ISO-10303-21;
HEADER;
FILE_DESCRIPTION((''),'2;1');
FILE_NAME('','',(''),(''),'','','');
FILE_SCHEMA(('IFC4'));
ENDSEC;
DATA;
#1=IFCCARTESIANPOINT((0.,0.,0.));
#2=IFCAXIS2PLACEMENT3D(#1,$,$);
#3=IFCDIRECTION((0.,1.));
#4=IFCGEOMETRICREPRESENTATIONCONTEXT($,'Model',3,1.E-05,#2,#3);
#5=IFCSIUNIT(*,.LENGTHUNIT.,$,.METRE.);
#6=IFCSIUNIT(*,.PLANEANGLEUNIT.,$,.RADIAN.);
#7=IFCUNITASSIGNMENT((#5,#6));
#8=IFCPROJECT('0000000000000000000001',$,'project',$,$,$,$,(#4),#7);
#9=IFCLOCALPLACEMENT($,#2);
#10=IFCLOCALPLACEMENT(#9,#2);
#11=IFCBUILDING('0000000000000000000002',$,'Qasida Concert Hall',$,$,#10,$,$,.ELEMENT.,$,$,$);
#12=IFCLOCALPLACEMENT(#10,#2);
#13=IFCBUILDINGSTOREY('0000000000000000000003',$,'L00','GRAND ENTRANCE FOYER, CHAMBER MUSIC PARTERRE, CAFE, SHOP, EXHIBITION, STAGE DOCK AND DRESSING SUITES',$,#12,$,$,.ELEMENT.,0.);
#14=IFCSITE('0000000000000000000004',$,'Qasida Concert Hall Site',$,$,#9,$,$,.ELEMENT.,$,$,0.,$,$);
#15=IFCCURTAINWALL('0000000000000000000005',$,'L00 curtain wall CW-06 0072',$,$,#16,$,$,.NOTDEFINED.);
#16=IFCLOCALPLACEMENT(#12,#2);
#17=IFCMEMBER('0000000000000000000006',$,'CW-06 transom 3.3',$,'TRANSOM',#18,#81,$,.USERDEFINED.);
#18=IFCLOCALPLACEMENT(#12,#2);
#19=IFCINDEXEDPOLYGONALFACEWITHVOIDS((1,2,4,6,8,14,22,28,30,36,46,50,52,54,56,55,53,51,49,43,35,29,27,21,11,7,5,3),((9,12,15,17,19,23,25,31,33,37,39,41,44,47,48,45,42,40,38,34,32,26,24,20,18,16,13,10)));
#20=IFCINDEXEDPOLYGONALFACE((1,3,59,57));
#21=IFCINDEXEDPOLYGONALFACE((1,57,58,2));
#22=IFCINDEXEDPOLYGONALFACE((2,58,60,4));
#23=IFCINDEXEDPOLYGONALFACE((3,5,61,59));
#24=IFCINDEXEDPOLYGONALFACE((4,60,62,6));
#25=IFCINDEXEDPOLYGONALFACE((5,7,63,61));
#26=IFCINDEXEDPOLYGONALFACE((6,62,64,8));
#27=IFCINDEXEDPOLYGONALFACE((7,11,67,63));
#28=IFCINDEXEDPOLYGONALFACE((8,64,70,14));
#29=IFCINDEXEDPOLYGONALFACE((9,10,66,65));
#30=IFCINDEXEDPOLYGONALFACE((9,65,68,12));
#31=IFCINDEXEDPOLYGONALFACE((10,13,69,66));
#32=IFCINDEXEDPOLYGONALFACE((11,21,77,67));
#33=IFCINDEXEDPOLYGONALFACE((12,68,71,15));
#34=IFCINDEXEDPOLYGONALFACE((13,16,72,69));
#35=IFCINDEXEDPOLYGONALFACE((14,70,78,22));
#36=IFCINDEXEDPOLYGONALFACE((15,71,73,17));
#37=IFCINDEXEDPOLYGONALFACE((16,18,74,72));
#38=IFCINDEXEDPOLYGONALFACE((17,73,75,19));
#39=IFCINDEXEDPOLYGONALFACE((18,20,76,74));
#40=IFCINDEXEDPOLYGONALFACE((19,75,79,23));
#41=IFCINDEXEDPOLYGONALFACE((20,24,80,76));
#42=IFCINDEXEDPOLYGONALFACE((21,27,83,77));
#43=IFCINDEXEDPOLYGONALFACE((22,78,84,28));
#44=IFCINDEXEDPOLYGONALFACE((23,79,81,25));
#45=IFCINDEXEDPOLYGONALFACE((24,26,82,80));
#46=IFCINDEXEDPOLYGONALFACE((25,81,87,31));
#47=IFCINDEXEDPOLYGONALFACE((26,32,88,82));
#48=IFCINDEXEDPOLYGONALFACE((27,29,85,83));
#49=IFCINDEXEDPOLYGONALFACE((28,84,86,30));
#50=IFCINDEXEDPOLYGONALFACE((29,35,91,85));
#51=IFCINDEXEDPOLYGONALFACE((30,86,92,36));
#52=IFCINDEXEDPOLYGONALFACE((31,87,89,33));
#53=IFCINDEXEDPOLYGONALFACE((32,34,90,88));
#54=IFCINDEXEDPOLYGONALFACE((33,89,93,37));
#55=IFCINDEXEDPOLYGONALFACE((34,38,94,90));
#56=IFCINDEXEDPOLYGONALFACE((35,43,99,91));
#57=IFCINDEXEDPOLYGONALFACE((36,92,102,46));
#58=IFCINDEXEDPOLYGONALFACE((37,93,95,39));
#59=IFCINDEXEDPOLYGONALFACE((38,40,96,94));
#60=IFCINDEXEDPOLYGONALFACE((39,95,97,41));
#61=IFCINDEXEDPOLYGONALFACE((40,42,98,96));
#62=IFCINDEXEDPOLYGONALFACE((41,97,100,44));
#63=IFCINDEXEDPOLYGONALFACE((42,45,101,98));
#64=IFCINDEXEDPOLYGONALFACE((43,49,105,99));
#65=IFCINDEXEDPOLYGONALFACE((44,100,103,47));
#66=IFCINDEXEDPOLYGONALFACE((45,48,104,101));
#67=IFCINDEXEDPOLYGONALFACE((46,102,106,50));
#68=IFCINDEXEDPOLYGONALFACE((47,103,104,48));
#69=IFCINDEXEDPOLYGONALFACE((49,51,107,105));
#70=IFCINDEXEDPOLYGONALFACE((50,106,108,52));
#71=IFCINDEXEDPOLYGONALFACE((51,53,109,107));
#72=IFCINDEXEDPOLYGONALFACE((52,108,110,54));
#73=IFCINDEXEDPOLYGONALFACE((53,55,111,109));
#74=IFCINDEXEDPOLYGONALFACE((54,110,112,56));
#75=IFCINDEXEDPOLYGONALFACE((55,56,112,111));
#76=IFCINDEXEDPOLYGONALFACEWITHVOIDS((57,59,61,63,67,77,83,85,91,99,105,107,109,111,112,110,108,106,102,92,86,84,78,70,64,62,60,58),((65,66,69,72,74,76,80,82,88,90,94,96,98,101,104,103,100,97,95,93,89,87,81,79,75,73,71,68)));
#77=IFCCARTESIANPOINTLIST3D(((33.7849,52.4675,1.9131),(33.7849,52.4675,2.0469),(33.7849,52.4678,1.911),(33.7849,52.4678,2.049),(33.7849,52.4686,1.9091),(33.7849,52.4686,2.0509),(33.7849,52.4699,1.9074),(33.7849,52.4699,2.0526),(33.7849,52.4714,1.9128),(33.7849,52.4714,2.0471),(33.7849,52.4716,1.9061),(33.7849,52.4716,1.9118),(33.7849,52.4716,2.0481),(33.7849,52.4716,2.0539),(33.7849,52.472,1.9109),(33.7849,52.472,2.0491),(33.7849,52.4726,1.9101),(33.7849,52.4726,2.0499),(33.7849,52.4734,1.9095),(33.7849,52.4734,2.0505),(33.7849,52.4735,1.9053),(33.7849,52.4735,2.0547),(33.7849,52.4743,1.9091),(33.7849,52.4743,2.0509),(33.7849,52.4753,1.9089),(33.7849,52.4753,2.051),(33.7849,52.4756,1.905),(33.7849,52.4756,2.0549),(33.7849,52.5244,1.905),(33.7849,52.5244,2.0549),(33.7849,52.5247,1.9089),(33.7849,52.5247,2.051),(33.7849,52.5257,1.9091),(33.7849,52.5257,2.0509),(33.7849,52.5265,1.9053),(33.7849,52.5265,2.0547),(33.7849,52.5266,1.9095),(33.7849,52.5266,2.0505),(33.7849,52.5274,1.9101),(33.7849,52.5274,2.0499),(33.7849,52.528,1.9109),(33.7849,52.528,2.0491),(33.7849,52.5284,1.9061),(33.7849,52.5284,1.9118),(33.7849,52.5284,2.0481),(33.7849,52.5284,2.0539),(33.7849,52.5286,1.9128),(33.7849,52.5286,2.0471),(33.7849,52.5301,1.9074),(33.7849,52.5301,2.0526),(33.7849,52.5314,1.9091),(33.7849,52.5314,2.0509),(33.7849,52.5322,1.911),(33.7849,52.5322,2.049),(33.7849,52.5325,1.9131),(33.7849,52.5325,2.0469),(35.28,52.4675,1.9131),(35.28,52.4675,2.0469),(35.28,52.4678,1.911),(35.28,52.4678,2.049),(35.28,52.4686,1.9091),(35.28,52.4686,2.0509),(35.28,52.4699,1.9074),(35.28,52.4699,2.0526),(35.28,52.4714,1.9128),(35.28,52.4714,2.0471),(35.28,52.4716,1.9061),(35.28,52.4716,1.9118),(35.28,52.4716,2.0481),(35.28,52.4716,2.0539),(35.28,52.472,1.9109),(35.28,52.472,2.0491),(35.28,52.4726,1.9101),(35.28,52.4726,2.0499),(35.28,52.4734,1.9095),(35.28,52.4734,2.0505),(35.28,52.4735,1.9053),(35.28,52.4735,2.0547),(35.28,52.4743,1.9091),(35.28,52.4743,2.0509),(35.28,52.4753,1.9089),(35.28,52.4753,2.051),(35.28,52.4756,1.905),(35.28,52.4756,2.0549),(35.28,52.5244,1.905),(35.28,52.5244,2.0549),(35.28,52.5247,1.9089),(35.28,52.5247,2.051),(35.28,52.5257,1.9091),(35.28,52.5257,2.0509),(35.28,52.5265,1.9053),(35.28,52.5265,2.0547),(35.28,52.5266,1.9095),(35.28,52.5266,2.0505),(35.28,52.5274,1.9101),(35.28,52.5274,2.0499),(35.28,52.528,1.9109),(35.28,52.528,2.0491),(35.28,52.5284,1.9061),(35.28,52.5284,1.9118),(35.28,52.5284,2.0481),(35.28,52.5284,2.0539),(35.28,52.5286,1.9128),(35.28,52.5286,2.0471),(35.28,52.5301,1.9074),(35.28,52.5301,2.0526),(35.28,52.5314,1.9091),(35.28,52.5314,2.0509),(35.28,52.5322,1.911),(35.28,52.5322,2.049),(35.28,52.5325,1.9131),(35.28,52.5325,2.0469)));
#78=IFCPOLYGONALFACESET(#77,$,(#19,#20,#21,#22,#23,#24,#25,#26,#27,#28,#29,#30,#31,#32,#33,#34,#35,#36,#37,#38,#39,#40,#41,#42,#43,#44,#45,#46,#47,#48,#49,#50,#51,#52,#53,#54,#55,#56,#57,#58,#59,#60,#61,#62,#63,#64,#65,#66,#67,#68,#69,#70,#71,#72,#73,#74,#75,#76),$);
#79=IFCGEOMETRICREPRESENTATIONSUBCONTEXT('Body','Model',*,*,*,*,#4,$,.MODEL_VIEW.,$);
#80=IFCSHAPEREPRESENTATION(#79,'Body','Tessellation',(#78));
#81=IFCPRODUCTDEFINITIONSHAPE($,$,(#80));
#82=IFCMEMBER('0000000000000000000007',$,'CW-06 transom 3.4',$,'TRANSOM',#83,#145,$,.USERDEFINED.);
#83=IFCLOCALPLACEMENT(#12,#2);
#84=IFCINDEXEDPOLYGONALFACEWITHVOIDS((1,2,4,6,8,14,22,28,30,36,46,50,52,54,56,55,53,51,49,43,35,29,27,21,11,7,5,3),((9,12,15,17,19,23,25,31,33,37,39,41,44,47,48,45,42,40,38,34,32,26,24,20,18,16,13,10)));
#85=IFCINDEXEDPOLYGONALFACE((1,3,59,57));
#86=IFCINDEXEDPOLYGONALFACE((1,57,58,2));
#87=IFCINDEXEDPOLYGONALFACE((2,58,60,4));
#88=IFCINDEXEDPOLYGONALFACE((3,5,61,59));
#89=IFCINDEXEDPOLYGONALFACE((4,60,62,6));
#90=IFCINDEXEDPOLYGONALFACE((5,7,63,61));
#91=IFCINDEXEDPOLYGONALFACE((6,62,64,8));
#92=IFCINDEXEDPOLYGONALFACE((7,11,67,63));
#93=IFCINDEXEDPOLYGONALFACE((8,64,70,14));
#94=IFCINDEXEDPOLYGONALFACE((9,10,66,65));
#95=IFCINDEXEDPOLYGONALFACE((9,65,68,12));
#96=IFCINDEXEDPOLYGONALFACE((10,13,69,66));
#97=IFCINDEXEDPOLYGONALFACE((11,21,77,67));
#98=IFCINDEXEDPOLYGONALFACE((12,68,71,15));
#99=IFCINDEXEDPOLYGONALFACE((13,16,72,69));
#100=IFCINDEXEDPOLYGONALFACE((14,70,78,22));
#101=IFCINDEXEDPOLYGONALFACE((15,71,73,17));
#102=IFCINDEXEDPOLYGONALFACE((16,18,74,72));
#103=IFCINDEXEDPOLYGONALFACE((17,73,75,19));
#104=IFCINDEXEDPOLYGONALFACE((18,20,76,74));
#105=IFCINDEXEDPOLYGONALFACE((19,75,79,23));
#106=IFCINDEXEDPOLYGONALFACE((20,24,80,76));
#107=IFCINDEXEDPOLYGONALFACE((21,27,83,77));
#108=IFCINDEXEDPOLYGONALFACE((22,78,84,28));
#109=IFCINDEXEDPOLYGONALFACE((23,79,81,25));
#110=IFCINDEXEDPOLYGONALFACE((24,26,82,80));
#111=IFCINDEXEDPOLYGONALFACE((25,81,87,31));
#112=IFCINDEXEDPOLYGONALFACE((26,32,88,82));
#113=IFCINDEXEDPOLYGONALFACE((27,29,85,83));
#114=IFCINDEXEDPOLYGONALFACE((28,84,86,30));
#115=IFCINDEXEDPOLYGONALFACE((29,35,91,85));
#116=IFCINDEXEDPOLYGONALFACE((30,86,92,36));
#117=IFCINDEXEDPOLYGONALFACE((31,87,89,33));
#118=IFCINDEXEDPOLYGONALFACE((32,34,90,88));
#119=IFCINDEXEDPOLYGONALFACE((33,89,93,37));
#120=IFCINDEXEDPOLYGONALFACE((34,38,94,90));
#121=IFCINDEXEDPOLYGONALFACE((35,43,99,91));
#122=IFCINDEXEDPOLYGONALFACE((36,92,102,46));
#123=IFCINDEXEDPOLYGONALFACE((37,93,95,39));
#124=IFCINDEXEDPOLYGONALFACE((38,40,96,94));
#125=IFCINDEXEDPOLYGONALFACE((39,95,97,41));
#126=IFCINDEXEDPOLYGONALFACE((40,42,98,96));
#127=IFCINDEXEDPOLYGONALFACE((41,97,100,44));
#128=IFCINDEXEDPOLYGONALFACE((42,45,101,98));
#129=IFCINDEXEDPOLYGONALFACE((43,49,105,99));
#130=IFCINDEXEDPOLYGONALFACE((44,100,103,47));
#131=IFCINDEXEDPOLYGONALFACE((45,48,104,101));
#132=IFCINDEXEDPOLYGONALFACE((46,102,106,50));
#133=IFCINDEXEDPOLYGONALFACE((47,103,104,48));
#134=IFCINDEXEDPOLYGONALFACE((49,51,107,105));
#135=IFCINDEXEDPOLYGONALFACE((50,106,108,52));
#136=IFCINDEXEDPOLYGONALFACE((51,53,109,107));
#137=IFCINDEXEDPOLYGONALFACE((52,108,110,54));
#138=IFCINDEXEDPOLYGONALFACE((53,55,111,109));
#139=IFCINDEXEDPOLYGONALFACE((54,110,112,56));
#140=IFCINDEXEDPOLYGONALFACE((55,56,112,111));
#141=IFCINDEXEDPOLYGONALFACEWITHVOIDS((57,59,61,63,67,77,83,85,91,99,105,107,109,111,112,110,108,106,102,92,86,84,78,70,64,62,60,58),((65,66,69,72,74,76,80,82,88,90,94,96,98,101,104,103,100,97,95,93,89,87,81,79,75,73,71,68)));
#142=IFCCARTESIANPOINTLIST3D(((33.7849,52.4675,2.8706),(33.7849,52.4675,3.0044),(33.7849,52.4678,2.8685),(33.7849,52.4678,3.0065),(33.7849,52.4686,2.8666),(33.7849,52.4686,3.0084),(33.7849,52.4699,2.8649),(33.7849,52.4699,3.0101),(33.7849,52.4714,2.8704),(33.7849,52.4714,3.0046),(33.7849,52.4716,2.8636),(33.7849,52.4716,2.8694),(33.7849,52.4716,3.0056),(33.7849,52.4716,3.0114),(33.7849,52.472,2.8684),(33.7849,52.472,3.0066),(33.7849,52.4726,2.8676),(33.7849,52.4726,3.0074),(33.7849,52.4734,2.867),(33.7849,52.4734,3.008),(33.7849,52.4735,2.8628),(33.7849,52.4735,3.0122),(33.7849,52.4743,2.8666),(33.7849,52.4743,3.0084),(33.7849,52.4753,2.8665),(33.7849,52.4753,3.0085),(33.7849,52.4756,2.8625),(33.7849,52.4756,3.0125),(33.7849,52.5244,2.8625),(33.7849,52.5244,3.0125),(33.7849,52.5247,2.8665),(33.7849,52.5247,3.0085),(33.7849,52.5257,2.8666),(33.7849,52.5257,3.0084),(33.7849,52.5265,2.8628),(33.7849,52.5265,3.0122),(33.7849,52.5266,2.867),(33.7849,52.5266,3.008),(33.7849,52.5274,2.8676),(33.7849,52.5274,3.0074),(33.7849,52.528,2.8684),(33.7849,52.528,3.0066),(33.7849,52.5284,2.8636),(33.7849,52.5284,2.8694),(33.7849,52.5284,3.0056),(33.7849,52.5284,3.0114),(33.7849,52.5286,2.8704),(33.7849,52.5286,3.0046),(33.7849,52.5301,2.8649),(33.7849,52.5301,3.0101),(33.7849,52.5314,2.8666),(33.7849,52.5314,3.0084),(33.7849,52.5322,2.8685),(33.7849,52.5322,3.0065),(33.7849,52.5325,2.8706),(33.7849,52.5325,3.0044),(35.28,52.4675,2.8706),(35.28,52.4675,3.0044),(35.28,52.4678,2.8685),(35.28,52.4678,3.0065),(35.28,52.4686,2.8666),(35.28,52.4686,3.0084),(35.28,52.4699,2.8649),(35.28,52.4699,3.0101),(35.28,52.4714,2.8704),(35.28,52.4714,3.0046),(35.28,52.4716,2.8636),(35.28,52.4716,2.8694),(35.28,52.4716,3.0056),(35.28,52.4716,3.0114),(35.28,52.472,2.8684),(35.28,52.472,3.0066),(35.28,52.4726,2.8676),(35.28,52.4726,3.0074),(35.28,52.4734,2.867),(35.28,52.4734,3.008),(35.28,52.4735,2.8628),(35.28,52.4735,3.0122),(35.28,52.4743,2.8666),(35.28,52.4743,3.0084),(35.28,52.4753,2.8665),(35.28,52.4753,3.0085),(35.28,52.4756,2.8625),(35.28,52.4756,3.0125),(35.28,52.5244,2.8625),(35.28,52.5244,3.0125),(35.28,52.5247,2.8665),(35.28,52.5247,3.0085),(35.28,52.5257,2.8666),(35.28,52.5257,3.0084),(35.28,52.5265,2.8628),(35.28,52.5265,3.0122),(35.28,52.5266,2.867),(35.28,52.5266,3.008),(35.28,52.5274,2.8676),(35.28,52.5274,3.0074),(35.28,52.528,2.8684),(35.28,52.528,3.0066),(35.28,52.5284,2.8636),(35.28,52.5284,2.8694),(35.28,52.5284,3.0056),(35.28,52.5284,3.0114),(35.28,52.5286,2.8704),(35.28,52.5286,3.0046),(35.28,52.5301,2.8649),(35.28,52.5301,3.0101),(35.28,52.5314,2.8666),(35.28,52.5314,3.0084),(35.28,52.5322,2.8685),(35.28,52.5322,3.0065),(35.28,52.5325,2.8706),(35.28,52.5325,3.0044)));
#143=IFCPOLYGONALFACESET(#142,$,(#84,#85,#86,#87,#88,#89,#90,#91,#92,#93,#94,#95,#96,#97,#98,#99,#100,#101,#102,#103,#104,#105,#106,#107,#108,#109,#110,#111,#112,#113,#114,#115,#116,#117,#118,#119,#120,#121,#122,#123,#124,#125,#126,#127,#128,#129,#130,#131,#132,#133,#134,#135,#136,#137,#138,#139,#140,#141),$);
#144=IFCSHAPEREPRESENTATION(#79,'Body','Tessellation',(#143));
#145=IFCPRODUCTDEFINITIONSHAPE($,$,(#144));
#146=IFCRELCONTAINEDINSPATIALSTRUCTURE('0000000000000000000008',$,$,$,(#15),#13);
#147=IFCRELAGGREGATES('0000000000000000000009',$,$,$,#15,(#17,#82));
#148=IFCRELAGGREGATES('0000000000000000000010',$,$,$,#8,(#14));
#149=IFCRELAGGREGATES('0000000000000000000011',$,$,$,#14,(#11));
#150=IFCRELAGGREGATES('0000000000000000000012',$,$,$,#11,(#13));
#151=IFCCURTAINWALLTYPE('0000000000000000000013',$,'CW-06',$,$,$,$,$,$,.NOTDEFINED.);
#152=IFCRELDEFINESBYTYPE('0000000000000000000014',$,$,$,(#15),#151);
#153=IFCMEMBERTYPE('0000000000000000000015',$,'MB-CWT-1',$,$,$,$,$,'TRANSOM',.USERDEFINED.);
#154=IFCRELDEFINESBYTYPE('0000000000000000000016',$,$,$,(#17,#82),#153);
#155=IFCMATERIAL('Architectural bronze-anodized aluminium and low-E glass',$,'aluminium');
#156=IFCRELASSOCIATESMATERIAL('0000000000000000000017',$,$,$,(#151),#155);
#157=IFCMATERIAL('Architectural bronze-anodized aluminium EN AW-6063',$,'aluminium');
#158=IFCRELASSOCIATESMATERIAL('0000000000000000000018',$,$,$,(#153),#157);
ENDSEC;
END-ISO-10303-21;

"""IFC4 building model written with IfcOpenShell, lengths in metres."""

from ifc_helpers import new_model, si_unit, direction, frame, origin, origin_2d, place, context, subcontext, project, spatial, hollow_rectangle, extrude, material, material_profile, profile_set, type_object, element, aggregate, save


model = new_model("IFC4")

# Units and contexts
model_context = context("Model", 3, precision=1e-05, world=origin(), true_north=direction((0.0, 1.0)))
body_context = subcontext(model_context, "Body", "Model", "MODEL_VIEW")
ifc_project = project(units=[si_unit("LENGTHUNIT", "METRE"), si_unit("PLANEANGLEUNIT", "RADIAN")], contexts=[model_context])

# Site, building, storey
site_placement = place(None, origin())
site = spatial("IfcSite", under=ifc_project, at=site_placement, Name="Qasida Concert Hall Site", CompositionType="ELEMENT", RefElevation=0.0)
building_placement = place(site_placement, origin())
building = spatial("IfcBuilding", under=site, at=building_placement, Name="Qasida Concert Hall", CompositionType="ELEMENT")
storey_placement = place(building_placement, origin())
storey = spatial("IfcBuildingStorey", under=building, at=storey_placement, Name="L00", Description="GRAND ENTRANCE FOYER, CHAMBER MUSIC PARTERRE, CAFE, SHOP, EXHIBITION, STAGE DOCK AND DRESSING SUITES", CompositionType="ELEMENT", Elevation=0.0)

# Curtain wall
ifc_material_1 = material(Name="Architectural bronze-anodized aluminium and low-E glass", Category="aluminium")
curtain_wall_type_1 = type_object("IfcCurtainWallType", Name="CW-06", PredefinedType="NOTDEFINED", material=ifc_material_1)
curtain_wall_1_placement = place(storey_placement, origin())
curtain_wall_1 = element("IfcCurtainWall", 1, at=curtain_wall_1_placement, inside=storey, type_object=curtain_wall_type_1, Name="L00 curtain wall CW-06 0072", PredefinedType="NOTDEFINED")
ifc_material_2 = material(Name="Architectural bronze-anodized aluminium EN AW-6063", Category="aluminium")

# Members
ifc_material_profile_1 = material_profile(ifc_material_2, hollow_rectangle(XDim=0.0649, YDim=0.1499, WallThickness=0.0039, InnerFilletRadius=0.0039, OuterFilletRadius=0.0081, at=origin_2d()), Name="CWT 150x65x4")
ifc_profile_set_1 = profile_set([ifc_material_profile_1], Name="Architectural bronze-anodized aluminium EN AW-6063")
member_type_1 = type_object("IfcMemberType", Name="MB-CWT-1", ElementType="TRANSOM", PredefinedType="USERDEFINED", material=ifc_profile_set_1)
member_1_placement = place(storey_placement, frame((33.7849, 52.5, 1.98), z_axis=(1.0, 0.0, 0.0), x_axis=(0.0, 1.0, 0.0)))
member_1 = element("IfcMember", 2, at=member_1_placement, type_object=member_type_1, Name="CW-06 transom 3.3", ObjectType="TRANSOM", PredefinedType="USERDEFINED", context=body_context, shape_type="SweptSolid", body=[
    extrude(hollow_rectangle(XDim=0.0649, YDim=0.1499, WallThickness=0.0039, InnerFilletRadius=0.0039, OuterFilletRadius=0.0081, at=origin_2d()), origin(), (0.0, 0.0, 1.0), 1.4951),
])
member_2_placement = place(storey_placement, frame((33.7849, 52.5, 2.9375), z_axis=(1.0, 0.0, 0.0), x_axis=(0.0, 1.0, 0.0)))
member_2 = element("IfcMember", 3, at=member_2_placement, type_object=member_type_1, Name="CW-06 transom 3.4", ObjectType="TRANSOM", PredefinedType="USERDEFINED", context=body_context, shape_type="SweptSolid", body=[
    extrude(hollow_rectangle(XDim=0.0649, YDim=0.1499, WallThickness=0.0039, InnerFilletRadius=0.0039, OuterFilletRadius=0.0081, at=origin_2d()), origin(), (0.0, 0.0, 1.0), 1.4951),
])

aggregate(curtain_wall_1, [member_1, member_2])

save(model, "model.ifc")
